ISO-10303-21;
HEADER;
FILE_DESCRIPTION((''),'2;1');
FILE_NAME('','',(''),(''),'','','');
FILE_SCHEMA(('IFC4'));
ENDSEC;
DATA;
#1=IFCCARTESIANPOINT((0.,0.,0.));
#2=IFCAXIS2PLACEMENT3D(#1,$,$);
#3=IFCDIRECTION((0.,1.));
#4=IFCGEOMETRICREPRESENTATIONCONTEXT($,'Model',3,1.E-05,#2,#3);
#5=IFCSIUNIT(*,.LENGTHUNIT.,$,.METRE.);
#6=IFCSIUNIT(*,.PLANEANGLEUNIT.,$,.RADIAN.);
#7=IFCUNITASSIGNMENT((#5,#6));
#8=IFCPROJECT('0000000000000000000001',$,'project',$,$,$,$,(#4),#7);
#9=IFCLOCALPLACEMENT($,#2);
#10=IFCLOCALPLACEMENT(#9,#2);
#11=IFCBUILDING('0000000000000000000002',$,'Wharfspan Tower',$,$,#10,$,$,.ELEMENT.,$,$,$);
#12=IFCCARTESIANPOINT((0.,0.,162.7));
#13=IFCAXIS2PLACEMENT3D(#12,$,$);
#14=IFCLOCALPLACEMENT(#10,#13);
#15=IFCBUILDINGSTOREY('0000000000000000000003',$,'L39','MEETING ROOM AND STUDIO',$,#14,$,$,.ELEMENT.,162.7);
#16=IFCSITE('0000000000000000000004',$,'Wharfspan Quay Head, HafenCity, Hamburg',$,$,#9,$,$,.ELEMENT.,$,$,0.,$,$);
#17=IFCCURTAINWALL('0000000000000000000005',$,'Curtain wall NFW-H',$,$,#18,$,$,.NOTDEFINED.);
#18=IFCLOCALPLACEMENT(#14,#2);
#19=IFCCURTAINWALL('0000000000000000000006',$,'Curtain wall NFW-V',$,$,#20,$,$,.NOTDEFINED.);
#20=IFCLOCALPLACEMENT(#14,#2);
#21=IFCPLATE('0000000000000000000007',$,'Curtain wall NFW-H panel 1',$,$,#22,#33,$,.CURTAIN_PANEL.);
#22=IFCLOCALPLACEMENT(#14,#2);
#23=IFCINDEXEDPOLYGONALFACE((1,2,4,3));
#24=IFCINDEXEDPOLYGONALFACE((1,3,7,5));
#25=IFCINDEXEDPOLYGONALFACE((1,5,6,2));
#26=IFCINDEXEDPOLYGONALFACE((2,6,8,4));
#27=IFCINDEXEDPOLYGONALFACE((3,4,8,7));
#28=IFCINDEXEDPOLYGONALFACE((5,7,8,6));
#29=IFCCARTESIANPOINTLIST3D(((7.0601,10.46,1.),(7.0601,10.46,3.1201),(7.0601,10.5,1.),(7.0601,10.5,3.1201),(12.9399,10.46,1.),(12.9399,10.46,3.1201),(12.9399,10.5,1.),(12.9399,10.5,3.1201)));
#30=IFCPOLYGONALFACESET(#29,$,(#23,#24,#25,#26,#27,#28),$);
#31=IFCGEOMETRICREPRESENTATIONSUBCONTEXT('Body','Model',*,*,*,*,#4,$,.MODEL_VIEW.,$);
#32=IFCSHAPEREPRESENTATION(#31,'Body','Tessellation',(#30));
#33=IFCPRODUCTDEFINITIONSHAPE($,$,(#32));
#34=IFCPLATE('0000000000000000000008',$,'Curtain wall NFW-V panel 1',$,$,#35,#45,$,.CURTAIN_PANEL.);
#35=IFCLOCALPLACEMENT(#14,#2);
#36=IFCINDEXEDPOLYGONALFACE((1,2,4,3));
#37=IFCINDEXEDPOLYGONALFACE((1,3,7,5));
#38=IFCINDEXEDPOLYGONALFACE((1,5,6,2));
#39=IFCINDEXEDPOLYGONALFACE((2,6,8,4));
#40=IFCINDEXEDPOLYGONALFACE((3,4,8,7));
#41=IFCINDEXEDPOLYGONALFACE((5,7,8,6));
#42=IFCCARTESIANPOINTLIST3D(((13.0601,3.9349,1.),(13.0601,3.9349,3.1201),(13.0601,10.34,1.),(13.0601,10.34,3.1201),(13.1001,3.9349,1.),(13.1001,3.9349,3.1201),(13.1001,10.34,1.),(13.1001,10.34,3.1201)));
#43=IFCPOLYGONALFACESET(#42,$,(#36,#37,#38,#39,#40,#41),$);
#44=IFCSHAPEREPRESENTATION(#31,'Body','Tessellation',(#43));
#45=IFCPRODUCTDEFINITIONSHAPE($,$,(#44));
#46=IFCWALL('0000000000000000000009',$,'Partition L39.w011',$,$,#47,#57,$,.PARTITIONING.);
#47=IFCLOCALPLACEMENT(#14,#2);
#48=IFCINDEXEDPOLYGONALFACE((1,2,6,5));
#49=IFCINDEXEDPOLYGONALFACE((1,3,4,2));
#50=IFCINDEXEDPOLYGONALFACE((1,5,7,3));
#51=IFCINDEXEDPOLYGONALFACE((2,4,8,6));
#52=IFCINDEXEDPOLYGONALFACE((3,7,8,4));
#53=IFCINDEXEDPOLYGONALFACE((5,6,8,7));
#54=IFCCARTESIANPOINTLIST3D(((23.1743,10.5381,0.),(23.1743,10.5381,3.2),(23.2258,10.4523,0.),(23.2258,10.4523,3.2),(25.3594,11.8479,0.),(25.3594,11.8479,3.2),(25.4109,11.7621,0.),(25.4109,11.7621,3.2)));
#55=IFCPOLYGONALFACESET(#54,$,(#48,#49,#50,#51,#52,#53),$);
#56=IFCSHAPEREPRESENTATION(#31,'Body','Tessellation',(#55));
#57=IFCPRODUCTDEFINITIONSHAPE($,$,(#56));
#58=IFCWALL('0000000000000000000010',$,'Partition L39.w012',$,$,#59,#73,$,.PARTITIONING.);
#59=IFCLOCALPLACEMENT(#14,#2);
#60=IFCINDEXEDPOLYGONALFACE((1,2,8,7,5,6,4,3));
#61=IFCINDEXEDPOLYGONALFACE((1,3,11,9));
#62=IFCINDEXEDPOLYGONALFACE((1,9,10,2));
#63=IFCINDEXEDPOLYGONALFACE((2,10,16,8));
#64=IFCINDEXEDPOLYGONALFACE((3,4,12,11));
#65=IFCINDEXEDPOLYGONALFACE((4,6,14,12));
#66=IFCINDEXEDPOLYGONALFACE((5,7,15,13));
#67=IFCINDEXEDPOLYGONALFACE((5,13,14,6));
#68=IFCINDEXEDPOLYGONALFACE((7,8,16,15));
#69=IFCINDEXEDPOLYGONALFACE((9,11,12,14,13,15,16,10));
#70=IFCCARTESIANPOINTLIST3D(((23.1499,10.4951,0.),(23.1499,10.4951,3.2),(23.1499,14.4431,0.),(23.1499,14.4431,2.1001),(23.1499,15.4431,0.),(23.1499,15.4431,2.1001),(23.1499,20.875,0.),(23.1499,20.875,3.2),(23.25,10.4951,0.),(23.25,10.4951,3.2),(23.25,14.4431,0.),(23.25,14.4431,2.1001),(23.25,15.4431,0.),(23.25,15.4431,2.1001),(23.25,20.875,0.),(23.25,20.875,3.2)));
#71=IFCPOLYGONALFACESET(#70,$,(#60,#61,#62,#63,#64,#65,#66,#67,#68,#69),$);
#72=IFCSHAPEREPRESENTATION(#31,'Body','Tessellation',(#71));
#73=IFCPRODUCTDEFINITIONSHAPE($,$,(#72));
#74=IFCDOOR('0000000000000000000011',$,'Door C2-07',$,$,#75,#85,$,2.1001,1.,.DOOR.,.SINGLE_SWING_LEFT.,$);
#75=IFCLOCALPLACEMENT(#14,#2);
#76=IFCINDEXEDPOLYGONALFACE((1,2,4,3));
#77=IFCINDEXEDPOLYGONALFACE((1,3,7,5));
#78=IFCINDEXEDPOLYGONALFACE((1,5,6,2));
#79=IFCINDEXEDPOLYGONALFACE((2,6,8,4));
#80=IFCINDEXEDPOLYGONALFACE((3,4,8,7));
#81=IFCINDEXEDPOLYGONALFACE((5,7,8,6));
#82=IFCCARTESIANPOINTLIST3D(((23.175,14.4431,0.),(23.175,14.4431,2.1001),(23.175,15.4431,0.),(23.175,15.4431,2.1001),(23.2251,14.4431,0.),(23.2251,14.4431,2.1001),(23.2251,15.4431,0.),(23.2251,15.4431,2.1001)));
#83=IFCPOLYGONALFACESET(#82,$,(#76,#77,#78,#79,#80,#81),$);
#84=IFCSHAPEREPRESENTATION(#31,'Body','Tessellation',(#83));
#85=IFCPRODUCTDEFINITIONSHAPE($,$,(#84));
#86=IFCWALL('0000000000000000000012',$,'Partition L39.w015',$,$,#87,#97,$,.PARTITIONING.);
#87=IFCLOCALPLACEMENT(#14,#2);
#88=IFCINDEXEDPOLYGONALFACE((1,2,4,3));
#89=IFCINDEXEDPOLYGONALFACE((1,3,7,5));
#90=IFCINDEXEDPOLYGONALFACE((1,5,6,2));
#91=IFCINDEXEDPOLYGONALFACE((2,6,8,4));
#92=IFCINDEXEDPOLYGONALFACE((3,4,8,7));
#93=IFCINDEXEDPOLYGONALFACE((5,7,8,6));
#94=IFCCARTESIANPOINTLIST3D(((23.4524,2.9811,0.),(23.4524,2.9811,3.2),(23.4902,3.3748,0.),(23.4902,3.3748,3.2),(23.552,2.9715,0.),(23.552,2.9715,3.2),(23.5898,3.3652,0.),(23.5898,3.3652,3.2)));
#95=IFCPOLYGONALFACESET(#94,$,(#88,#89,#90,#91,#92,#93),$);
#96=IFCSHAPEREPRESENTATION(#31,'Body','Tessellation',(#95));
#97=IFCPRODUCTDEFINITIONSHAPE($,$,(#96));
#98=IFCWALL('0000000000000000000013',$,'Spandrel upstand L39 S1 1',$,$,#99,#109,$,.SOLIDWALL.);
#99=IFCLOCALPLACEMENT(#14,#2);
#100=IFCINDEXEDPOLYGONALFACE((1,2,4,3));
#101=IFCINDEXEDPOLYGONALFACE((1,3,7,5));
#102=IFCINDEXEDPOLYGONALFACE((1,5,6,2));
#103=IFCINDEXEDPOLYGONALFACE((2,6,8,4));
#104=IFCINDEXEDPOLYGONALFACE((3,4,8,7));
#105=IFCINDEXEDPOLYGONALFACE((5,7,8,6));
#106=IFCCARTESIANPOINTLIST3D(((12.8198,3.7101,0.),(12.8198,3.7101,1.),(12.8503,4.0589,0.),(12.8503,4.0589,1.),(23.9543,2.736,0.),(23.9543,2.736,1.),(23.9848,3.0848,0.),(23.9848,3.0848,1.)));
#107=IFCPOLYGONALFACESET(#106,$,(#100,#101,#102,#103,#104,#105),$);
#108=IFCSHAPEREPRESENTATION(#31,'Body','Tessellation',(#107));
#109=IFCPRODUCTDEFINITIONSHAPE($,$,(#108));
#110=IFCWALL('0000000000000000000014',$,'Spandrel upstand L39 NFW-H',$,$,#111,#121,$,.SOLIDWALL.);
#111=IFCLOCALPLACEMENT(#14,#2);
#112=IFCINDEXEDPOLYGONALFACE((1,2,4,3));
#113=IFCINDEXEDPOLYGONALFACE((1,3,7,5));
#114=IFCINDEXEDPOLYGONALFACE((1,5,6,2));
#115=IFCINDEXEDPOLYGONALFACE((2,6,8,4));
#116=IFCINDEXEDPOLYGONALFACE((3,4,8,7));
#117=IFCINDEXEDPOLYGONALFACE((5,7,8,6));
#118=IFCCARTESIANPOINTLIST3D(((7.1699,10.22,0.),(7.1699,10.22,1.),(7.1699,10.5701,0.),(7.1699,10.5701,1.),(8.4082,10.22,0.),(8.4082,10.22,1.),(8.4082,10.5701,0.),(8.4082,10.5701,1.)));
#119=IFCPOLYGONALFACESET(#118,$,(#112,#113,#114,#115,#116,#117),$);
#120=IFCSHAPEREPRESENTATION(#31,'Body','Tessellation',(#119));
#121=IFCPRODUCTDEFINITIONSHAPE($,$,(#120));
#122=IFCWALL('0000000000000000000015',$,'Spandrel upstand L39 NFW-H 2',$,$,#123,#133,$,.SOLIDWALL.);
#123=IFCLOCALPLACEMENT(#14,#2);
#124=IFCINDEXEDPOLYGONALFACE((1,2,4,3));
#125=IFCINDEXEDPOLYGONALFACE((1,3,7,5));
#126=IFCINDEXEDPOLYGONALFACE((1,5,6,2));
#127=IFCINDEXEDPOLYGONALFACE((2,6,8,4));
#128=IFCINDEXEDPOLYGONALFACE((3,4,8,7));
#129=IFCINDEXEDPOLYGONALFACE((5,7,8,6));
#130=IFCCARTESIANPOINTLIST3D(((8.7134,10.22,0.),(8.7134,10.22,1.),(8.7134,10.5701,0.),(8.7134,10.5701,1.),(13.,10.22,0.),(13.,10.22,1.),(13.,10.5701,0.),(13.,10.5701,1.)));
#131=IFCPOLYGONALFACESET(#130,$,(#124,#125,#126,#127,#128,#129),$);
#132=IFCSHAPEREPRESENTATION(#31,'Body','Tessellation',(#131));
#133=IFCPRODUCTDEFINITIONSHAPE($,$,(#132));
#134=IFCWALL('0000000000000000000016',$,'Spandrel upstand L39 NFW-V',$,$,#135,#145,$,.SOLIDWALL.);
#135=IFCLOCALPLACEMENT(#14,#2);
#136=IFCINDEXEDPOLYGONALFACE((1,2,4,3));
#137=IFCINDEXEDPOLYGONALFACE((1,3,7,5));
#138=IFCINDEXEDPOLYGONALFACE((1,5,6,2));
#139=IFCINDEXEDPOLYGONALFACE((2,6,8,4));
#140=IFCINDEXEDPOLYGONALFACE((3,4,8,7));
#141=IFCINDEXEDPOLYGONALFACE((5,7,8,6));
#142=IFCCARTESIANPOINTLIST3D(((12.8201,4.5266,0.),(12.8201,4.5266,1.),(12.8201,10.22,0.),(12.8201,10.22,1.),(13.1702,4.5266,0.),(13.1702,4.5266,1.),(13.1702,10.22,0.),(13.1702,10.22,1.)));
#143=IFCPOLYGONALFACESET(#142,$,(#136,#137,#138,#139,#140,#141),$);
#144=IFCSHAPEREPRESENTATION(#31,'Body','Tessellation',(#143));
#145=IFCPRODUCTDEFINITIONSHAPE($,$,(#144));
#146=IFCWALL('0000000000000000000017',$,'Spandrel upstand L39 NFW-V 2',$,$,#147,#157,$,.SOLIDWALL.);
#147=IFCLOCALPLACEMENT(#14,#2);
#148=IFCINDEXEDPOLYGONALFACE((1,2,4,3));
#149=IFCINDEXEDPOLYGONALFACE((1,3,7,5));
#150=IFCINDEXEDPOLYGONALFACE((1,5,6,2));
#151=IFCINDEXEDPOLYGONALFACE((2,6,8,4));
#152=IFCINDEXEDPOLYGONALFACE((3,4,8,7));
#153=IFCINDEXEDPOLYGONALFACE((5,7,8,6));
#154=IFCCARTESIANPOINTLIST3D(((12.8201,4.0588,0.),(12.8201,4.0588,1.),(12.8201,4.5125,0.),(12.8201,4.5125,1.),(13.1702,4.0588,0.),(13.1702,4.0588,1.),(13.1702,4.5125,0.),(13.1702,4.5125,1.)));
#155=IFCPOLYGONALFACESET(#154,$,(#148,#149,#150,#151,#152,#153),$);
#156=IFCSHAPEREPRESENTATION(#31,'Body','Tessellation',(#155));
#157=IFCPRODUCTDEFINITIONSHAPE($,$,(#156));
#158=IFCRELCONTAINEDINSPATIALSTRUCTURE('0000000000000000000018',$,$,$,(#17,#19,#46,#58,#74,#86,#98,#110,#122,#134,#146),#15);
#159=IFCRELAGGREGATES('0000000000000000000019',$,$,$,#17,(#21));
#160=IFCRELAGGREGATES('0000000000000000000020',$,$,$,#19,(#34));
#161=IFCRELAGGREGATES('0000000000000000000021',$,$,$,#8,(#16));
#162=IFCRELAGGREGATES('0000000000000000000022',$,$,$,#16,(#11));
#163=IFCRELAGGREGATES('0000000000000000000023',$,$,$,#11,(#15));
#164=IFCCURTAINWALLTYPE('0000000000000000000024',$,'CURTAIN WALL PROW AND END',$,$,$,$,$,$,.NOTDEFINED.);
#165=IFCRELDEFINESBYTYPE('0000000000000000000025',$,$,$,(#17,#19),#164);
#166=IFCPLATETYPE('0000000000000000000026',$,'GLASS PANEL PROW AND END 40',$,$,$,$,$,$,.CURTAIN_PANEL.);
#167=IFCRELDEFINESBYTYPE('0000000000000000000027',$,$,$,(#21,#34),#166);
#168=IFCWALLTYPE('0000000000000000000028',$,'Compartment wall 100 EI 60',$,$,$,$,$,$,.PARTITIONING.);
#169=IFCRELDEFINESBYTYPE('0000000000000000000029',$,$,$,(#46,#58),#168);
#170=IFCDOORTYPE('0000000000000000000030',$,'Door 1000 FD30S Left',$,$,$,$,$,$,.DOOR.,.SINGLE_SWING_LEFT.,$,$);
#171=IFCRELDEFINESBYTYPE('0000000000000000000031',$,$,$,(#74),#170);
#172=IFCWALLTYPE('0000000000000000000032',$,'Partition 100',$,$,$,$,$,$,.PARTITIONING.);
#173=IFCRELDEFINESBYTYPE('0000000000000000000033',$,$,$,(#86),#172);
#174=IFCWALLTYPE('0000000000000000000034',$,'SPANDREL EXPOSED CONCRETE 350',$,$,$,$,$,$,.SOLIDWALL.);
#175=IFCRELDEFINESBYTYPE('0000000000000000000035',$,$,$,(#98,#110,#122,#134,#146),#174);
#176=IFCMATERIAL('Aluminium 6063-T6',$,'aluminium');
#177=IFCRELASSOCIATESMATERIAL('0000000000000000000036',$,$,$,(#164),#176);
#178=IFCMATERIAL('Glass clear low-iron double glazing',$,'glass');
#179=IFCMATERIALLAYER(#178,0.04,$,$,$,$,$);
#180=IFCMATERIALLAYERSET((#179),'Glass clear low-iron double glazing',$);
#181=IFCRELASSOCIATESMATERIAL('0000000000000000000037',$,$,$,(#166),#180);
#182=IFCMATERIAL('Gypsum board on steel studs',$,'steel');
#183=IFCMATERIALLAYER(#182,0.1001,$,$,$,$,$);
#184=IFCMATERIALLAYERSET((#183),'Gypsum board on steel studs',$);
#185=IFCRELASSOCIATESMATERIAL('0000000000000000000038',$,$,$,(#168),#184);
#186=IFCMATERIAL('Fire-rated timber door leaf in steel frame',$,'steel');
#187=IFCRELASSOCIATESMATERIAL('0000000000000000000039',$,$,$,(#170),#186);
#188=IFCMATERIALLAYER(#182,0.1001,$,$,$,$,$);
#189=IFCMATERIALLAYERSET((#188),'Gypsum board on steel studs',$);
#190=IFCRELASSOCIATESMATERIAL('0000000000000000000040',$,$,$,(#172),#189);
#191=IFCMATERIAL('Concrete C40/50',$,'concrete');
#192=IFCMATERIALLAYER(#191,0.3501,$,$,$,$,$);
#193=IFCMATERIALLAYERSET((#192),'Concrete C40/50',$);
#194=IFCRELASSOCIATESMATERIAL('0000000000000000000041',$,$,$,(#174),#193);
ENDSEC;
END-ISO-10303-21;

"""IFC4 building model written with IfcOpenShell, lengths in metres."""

from ifc_helpers import new_model, si_unit, direction, frame, frame_2d, origin, origin_2d, place, context, subcontext, project, spatial, rectangle, extrude, material, layer, layer_set, type_object, element, fill, aggregate, save


model = new_model("IFC4")

# Units and contexts
model_context = context("Model", 3, precision=1e-05, world=origin(), true_north=direction((0.0, 1.0)))
body_context = subcontext(model_context, "Body", "Model", "MODEL_VIEW")
ifc_project = project(units=[si_unit("LENGTHUNIT", "METRE"), si_unit("PLANEANGLEUNIT", "RADIAN")], contexts=[model_context])

# Site, building, storey
site_placement = place(None, origin())
site = spatial("IfcSite", under=ifc_project, at=site_placement, Name="Wharfspan Quay Head, HafenCity, Hamburg", CompositionType="ELEMENT", RefElevation=0.0)
building_placement = place(site_placement, origin())
building = spatial("IfcBuilding", under=site, at=building_placement, Name="Wharfspan Tower", CompositionType="ELEMENT")
storey_placement = place(building_placement, frame((0.0, 0.0, 162.7)))
storey = spatial("IfcBuildingStorey", under=building, at=storey_placement, Name="L39", Description="MEETING ROOM AND STUDIO", CompositionType="ELEMENT", Elevation=162.7)

# Shared definitions
ifc_material_1 = material(Name="Aluminium 6063-T6", Category="aluminium")

# Curtain wall
curtain_wall_type_1 = type_object("IfcCurtainWallType", Name="CURTAIN WALL PROW AND END", PredefinedType="NOTDEFINED", material=ifc_material_1)
curtain_wall_1_placement = place(storey_placement, origin())
curtain_wall_1 = element("IfcCurtainWall", 1, at=curtain_wall_1_placement, inside=storey, type_object=curtain_wall_type_1, Name="Curtain wall NFW-H", PredefinedType="NOTDEFINED")

# Curtain wall
curtain_wall_2_placement = place(storey_placement, origin())
curtain_wall_2 = element("IfcCurtainWall", 2, at=curtain_wall_2_placement, inside=storey, type_object=curtain_wall_type_1, Name="Curtain wall NFW-V", PredefinedType="NOTDEFINED")

# Plates
ifc_material_2 = material(Name="Glass clear low-iron double glazing", Category="glass")
ifc_layer_1 = layer(ifc_material_2, 0.04)
ifc_layer_set_1 = layer_set([ifc_layer_1], Name="Glass clear low-iron double glazing")
plate_type_1 = type_object("IfcPlateType", Name="GLASS PANEL PROW AND END 40", PredefinedType="CURTAIN_PANEL", material=ifc_layer_set_1)
plate_1_placement = place(storey_placement, frame((10.0, 10.48, 1.0), z_axis=(0.0, 0.0, 1.0), x_axis=(1.0, 0.0, 0.0)))
plate_1 = element("IfcPlate", 3, at=plate_1_placement, type_object=plate_type_1, Name="Curtain wall NFW-H panel 1", PredefinedType="CURTAIN_PANEL", context=body_context, shape_type="SweptSolid", body=[
    extrude(rectangle(XDim=5.8799, YDim=0.04, at=origin_2d()), origin(), (0.0, 0.0, 1.0), 2.1201),
])
aggregate(curtain_wall_1, [plate_1])
plate_2_placement = place(storey_placement, frame((13.0801, 7.1375, 1.0), z_axis=(0.0, 0.0, 1.0), x_axis=(0.0, -1.0, 0.0)))
plate_2 = element("IfcPlate", 4, at=plate_2_placement, type_object=plate_type_1, Name="Curtain wall NFW-V panel 1", PredefinedType="CURTAIN_PANEL", context=body_context, shape_type="SweptSolid", body=[
    extrude(rectangle(XDim=6.405, YDim=0.04, at=origin_2d()), origin(), (0.0, 0.0, 1.0), 2.1201),
])
aggregate(curtain_wall_2, [plate_2])

# Wall
ifc_material_3 = material(Name="Gypsum board on steel studs", Category="steel")
ifc_layer_2 = layer(ifc_material_3, 0.1001)
ifc_layer_set_2 = layer_set([ifc_layer_2], Name="Gypsum board on steel studs")
wall_type_1 = type_object("IfcWallType", Name="Compartment wall 100 EI 60", PredefinedType="PARTITIONING", material=ifc_layer_set_2)
wall_1_placement = place(storey_placement, frame((23.2, 10.4951, 0.0), z_axis=(0.0, 0.0, 1.0), x_axis=(0.857707, 0.514145, 0.0)))
element("IfcWall", 5, at=wall_1_placement, inside=storey, type_object=wall_type_1, Name="Partition L39.w011", PredefinedType="PARTITIONING", context=body_context, shape_type="SweptSolid", body=[
    extrude(rectangle(XDim=2.5476, YDim=0.1001, at=frame_2d((1.2739, 0.0))), origin(), (0.0, 0.0, 1.0), 3.2),
])

# Wall, opening, door
wall_2_placement = place(storey_placement, frame((23.2, 10.4951, 0.0), z_axis=(0.0, 0.0, 1.0), x_axis=(0.0, 1.0, 0.0)))
wall_2 = element("IfcWall", 6, at=wall_2_placement, inside=storey, type_object=wall_type_1, Name="Partition L39.w012", PredefinedType="PARTITIONING", context=body_context, shape_type="SweptSolid", body=[
    extrude(rectangle(XDim=10.3799, YDim=0.1001, at=frame_2d((5.1899, 0.0))), origin(), (0.0, 0.0, 1.0), 3.2),
])
opening_placement = place(wall_2_placement, frame((3.948, 0.0, 0.0)))
opening = element("IfcOpeningElement", 7, at=opening_placement, cuts=wall_2, PredefinedType="OPENING", context=body_context, shape_type="SweptSolid", body=[
    extrude(rectangle(XDim=1.0, YDim=2.1001, at=frame_2d((0.5, 1.05))), frame((0.0, 0.0601, 0.0), z_axis=(0.0, -1.0, 0.0), x_axis=(1.0, 0.0, 0.0)), (0.0, 0.0, 1.0), 0.1201),
])
ifc_material_4 = material(Name="Fire-rated timber door leaf in steel frame", Category="steel")
door_type = type_object("IfcDoorType", Name="Door 1000 FD30S Left", OperationType="SINGLE_SWING_LEFT", PredefinedType="DOOR", material=ifc_material_4)
door_placement = place(opening_placement, origin())
door = element("IfcDoor", 8, at=door_placement, inside=storey, type_object=door_type, Name="Door C2-07", OperationType="SINGLE_SWING_LEFT", OverallHeight=2.1001, OverallWidth=1.0, PredefinedType="DOOR", context=body_context, shape_type="SweptSolid", body=[
    extrude(rectangle(XDim=1.0, YDim=2.1001, at=frame_2d((0.5, 1.05))), frame((0.0, 0.0249, 0.0), z_axis=(0.0, -1.0, 0.0), x_axis=(1.0, 0.0, 0.0)), (0.0, 0.0, 1.0), 0.05),
])
fill(opening, door)

# Walls
ifc_layer_3 = layer(ifc_material_3, 0.1001)
ifc_layer_set_3 = layer_set([ifc_layer_3], Name="Gypsum board on steel studs")
wall_type_2 = type_object("IfcWallType", Name="Partition 100", PredefinedType="PARTITIONING", material=ifc_layer_set_3)
wall_3_placement = place(storey_placement, frame((23.5022, 2.9763, 0.0), z_axis=(0.0, 0.0, 1.0), x_axis=(0.095654, 0.995419, 0.0)))
element("IfcWall", 9, at=wall_3_placement, inside=storey, type_object=wall_type_2, Name="Partition L39.w015", PredefinedType="PARTITIONING", context=body_context, shape_type="SweptSolid", body=[
    extrude(rectangle(XDim=0.3955, YDim=0.1001, at=frame_2d((0.1978, 0.0))), origin(), (0.0, 0.0, 1.0), 3.2),
])
ifc_material_5 = material(Name="Concrete C40/50", Category="concrete")
ifc_layer_4 = layer(ifc_material_5, 0.3501)
ifc_layer_set_4 = layer_set([ifc_layer_4], Name="Concrete C40/50")
wall_type_3 = type_object("IfcWallType", Name="SPANDREL EXPOSED CONCRETE 350", PredefinedType="SOLIDWALL", material=ifc_layer_set_4)
wall_4_placement = place(storey_placement, frame((12.8352, 3.8845, 0.0), z_axis=(0.0, 0.0, 1.0), x_axis=(0.996199, -0.087154, 0.0)))
element("IfcWall", 10, at=wall_4_placement, inside=storey, type_object=wall_type_3, Name="Spandrel upstand L39 S1 1", PredefinedType="SOLIDWALL", context=body_context, shape_type="SweptSolid", body=[
    extrude(rectangle(XDim=11.177, YDim=0.3501, at=frame_2d((5.5884, 0.0))), origin(), (0.0, 0.0, 1.0), 1.0),
])
wall_5_placement = place(storey_placement, frame((7.1699, 10.395, 0.0), z_axis=(0.0, 0.0, 1.0), x_axis=(1.0, 0.0, 0.0)))
element("IfcWall", 11, at=wall_5_placement, inside=storey, type_object=wall_type_3, Name="Spandrel upstand L39 NFW-H", PredefinedType="SOLIDWALL", context=body_context, shape_type="SweptSolid", body=[
    extrude(rectangle(XDim=1.2383, YDim=0.3501, at=frame_2d((0.6191, 0.0))), origin(), (0.0, 0.0, 1.0), 1.0),
])
wall_6_placement = place(storey_placement, frame((8.7134, 10.395, 0.0), z_axis=(0.0, 0.0, 1.0), x_axis=(1.0, 0.0, 0.0)))
element("IfcWall", 12, at=wall_6_placement, inside=storey, type_object=wall_type_3, Name="Spandrel upstand L39 NFW-H 2", PredefinedType="SOLIDWALL", context=body_context, shape_type="SweptSolid", body=[
    extrude(rectangle(XDim=4.2866, YDim=0.3501, at=frame_2d((2.1433, 0.0))), origin(), (0.0, 0.0, 1.0), 1.0),
])
wall_7_placement = place(storey_placement, frame((12.9951, 10.22, 0.0), z_axis=(0.0, 0.0, 1.0), x_axis=(0.0, -1.0, 0.0)))
element("IfcWall", 13, at=wall_7_placement, inside=storey, type_object=wall_type_3, Name="Spandrel upstand L39 NFW-V", PredefinedType="SOLIDWALL", context=body_context, shape_type="SweptSolid", body=[
    extrude(rectangle(XDim=5.6934, YDim=0.3501, at=frame_2d((2.8467, 0.0))), origin(), (0.0, 0.0, 1.0), 1.0),
])
wall_8_placement = place(storey_placement, frame((12.9951, 4.5125, 0.0), z_axis=(0.0, 0.0, 1.0), x_axis=(0.0, -1.0, 0.0)))
element("IfcWall", 14, at=wall_8_placement, inside=storey, type_object=wall_type_3, Name="Spandrel upstand L39 NFW-V 2", PredefinedType="SOLIDWALL", context=body_context, shape_type="SweptSolid", body=[
    extrude(rectangle(XDim=0.4536, YDim=0.3501, at=frame_2d((0.2268, 0.0))), origin(), (0.0, 0.0, 1.0), 1.0),
])

save(model, "model.ifc")
